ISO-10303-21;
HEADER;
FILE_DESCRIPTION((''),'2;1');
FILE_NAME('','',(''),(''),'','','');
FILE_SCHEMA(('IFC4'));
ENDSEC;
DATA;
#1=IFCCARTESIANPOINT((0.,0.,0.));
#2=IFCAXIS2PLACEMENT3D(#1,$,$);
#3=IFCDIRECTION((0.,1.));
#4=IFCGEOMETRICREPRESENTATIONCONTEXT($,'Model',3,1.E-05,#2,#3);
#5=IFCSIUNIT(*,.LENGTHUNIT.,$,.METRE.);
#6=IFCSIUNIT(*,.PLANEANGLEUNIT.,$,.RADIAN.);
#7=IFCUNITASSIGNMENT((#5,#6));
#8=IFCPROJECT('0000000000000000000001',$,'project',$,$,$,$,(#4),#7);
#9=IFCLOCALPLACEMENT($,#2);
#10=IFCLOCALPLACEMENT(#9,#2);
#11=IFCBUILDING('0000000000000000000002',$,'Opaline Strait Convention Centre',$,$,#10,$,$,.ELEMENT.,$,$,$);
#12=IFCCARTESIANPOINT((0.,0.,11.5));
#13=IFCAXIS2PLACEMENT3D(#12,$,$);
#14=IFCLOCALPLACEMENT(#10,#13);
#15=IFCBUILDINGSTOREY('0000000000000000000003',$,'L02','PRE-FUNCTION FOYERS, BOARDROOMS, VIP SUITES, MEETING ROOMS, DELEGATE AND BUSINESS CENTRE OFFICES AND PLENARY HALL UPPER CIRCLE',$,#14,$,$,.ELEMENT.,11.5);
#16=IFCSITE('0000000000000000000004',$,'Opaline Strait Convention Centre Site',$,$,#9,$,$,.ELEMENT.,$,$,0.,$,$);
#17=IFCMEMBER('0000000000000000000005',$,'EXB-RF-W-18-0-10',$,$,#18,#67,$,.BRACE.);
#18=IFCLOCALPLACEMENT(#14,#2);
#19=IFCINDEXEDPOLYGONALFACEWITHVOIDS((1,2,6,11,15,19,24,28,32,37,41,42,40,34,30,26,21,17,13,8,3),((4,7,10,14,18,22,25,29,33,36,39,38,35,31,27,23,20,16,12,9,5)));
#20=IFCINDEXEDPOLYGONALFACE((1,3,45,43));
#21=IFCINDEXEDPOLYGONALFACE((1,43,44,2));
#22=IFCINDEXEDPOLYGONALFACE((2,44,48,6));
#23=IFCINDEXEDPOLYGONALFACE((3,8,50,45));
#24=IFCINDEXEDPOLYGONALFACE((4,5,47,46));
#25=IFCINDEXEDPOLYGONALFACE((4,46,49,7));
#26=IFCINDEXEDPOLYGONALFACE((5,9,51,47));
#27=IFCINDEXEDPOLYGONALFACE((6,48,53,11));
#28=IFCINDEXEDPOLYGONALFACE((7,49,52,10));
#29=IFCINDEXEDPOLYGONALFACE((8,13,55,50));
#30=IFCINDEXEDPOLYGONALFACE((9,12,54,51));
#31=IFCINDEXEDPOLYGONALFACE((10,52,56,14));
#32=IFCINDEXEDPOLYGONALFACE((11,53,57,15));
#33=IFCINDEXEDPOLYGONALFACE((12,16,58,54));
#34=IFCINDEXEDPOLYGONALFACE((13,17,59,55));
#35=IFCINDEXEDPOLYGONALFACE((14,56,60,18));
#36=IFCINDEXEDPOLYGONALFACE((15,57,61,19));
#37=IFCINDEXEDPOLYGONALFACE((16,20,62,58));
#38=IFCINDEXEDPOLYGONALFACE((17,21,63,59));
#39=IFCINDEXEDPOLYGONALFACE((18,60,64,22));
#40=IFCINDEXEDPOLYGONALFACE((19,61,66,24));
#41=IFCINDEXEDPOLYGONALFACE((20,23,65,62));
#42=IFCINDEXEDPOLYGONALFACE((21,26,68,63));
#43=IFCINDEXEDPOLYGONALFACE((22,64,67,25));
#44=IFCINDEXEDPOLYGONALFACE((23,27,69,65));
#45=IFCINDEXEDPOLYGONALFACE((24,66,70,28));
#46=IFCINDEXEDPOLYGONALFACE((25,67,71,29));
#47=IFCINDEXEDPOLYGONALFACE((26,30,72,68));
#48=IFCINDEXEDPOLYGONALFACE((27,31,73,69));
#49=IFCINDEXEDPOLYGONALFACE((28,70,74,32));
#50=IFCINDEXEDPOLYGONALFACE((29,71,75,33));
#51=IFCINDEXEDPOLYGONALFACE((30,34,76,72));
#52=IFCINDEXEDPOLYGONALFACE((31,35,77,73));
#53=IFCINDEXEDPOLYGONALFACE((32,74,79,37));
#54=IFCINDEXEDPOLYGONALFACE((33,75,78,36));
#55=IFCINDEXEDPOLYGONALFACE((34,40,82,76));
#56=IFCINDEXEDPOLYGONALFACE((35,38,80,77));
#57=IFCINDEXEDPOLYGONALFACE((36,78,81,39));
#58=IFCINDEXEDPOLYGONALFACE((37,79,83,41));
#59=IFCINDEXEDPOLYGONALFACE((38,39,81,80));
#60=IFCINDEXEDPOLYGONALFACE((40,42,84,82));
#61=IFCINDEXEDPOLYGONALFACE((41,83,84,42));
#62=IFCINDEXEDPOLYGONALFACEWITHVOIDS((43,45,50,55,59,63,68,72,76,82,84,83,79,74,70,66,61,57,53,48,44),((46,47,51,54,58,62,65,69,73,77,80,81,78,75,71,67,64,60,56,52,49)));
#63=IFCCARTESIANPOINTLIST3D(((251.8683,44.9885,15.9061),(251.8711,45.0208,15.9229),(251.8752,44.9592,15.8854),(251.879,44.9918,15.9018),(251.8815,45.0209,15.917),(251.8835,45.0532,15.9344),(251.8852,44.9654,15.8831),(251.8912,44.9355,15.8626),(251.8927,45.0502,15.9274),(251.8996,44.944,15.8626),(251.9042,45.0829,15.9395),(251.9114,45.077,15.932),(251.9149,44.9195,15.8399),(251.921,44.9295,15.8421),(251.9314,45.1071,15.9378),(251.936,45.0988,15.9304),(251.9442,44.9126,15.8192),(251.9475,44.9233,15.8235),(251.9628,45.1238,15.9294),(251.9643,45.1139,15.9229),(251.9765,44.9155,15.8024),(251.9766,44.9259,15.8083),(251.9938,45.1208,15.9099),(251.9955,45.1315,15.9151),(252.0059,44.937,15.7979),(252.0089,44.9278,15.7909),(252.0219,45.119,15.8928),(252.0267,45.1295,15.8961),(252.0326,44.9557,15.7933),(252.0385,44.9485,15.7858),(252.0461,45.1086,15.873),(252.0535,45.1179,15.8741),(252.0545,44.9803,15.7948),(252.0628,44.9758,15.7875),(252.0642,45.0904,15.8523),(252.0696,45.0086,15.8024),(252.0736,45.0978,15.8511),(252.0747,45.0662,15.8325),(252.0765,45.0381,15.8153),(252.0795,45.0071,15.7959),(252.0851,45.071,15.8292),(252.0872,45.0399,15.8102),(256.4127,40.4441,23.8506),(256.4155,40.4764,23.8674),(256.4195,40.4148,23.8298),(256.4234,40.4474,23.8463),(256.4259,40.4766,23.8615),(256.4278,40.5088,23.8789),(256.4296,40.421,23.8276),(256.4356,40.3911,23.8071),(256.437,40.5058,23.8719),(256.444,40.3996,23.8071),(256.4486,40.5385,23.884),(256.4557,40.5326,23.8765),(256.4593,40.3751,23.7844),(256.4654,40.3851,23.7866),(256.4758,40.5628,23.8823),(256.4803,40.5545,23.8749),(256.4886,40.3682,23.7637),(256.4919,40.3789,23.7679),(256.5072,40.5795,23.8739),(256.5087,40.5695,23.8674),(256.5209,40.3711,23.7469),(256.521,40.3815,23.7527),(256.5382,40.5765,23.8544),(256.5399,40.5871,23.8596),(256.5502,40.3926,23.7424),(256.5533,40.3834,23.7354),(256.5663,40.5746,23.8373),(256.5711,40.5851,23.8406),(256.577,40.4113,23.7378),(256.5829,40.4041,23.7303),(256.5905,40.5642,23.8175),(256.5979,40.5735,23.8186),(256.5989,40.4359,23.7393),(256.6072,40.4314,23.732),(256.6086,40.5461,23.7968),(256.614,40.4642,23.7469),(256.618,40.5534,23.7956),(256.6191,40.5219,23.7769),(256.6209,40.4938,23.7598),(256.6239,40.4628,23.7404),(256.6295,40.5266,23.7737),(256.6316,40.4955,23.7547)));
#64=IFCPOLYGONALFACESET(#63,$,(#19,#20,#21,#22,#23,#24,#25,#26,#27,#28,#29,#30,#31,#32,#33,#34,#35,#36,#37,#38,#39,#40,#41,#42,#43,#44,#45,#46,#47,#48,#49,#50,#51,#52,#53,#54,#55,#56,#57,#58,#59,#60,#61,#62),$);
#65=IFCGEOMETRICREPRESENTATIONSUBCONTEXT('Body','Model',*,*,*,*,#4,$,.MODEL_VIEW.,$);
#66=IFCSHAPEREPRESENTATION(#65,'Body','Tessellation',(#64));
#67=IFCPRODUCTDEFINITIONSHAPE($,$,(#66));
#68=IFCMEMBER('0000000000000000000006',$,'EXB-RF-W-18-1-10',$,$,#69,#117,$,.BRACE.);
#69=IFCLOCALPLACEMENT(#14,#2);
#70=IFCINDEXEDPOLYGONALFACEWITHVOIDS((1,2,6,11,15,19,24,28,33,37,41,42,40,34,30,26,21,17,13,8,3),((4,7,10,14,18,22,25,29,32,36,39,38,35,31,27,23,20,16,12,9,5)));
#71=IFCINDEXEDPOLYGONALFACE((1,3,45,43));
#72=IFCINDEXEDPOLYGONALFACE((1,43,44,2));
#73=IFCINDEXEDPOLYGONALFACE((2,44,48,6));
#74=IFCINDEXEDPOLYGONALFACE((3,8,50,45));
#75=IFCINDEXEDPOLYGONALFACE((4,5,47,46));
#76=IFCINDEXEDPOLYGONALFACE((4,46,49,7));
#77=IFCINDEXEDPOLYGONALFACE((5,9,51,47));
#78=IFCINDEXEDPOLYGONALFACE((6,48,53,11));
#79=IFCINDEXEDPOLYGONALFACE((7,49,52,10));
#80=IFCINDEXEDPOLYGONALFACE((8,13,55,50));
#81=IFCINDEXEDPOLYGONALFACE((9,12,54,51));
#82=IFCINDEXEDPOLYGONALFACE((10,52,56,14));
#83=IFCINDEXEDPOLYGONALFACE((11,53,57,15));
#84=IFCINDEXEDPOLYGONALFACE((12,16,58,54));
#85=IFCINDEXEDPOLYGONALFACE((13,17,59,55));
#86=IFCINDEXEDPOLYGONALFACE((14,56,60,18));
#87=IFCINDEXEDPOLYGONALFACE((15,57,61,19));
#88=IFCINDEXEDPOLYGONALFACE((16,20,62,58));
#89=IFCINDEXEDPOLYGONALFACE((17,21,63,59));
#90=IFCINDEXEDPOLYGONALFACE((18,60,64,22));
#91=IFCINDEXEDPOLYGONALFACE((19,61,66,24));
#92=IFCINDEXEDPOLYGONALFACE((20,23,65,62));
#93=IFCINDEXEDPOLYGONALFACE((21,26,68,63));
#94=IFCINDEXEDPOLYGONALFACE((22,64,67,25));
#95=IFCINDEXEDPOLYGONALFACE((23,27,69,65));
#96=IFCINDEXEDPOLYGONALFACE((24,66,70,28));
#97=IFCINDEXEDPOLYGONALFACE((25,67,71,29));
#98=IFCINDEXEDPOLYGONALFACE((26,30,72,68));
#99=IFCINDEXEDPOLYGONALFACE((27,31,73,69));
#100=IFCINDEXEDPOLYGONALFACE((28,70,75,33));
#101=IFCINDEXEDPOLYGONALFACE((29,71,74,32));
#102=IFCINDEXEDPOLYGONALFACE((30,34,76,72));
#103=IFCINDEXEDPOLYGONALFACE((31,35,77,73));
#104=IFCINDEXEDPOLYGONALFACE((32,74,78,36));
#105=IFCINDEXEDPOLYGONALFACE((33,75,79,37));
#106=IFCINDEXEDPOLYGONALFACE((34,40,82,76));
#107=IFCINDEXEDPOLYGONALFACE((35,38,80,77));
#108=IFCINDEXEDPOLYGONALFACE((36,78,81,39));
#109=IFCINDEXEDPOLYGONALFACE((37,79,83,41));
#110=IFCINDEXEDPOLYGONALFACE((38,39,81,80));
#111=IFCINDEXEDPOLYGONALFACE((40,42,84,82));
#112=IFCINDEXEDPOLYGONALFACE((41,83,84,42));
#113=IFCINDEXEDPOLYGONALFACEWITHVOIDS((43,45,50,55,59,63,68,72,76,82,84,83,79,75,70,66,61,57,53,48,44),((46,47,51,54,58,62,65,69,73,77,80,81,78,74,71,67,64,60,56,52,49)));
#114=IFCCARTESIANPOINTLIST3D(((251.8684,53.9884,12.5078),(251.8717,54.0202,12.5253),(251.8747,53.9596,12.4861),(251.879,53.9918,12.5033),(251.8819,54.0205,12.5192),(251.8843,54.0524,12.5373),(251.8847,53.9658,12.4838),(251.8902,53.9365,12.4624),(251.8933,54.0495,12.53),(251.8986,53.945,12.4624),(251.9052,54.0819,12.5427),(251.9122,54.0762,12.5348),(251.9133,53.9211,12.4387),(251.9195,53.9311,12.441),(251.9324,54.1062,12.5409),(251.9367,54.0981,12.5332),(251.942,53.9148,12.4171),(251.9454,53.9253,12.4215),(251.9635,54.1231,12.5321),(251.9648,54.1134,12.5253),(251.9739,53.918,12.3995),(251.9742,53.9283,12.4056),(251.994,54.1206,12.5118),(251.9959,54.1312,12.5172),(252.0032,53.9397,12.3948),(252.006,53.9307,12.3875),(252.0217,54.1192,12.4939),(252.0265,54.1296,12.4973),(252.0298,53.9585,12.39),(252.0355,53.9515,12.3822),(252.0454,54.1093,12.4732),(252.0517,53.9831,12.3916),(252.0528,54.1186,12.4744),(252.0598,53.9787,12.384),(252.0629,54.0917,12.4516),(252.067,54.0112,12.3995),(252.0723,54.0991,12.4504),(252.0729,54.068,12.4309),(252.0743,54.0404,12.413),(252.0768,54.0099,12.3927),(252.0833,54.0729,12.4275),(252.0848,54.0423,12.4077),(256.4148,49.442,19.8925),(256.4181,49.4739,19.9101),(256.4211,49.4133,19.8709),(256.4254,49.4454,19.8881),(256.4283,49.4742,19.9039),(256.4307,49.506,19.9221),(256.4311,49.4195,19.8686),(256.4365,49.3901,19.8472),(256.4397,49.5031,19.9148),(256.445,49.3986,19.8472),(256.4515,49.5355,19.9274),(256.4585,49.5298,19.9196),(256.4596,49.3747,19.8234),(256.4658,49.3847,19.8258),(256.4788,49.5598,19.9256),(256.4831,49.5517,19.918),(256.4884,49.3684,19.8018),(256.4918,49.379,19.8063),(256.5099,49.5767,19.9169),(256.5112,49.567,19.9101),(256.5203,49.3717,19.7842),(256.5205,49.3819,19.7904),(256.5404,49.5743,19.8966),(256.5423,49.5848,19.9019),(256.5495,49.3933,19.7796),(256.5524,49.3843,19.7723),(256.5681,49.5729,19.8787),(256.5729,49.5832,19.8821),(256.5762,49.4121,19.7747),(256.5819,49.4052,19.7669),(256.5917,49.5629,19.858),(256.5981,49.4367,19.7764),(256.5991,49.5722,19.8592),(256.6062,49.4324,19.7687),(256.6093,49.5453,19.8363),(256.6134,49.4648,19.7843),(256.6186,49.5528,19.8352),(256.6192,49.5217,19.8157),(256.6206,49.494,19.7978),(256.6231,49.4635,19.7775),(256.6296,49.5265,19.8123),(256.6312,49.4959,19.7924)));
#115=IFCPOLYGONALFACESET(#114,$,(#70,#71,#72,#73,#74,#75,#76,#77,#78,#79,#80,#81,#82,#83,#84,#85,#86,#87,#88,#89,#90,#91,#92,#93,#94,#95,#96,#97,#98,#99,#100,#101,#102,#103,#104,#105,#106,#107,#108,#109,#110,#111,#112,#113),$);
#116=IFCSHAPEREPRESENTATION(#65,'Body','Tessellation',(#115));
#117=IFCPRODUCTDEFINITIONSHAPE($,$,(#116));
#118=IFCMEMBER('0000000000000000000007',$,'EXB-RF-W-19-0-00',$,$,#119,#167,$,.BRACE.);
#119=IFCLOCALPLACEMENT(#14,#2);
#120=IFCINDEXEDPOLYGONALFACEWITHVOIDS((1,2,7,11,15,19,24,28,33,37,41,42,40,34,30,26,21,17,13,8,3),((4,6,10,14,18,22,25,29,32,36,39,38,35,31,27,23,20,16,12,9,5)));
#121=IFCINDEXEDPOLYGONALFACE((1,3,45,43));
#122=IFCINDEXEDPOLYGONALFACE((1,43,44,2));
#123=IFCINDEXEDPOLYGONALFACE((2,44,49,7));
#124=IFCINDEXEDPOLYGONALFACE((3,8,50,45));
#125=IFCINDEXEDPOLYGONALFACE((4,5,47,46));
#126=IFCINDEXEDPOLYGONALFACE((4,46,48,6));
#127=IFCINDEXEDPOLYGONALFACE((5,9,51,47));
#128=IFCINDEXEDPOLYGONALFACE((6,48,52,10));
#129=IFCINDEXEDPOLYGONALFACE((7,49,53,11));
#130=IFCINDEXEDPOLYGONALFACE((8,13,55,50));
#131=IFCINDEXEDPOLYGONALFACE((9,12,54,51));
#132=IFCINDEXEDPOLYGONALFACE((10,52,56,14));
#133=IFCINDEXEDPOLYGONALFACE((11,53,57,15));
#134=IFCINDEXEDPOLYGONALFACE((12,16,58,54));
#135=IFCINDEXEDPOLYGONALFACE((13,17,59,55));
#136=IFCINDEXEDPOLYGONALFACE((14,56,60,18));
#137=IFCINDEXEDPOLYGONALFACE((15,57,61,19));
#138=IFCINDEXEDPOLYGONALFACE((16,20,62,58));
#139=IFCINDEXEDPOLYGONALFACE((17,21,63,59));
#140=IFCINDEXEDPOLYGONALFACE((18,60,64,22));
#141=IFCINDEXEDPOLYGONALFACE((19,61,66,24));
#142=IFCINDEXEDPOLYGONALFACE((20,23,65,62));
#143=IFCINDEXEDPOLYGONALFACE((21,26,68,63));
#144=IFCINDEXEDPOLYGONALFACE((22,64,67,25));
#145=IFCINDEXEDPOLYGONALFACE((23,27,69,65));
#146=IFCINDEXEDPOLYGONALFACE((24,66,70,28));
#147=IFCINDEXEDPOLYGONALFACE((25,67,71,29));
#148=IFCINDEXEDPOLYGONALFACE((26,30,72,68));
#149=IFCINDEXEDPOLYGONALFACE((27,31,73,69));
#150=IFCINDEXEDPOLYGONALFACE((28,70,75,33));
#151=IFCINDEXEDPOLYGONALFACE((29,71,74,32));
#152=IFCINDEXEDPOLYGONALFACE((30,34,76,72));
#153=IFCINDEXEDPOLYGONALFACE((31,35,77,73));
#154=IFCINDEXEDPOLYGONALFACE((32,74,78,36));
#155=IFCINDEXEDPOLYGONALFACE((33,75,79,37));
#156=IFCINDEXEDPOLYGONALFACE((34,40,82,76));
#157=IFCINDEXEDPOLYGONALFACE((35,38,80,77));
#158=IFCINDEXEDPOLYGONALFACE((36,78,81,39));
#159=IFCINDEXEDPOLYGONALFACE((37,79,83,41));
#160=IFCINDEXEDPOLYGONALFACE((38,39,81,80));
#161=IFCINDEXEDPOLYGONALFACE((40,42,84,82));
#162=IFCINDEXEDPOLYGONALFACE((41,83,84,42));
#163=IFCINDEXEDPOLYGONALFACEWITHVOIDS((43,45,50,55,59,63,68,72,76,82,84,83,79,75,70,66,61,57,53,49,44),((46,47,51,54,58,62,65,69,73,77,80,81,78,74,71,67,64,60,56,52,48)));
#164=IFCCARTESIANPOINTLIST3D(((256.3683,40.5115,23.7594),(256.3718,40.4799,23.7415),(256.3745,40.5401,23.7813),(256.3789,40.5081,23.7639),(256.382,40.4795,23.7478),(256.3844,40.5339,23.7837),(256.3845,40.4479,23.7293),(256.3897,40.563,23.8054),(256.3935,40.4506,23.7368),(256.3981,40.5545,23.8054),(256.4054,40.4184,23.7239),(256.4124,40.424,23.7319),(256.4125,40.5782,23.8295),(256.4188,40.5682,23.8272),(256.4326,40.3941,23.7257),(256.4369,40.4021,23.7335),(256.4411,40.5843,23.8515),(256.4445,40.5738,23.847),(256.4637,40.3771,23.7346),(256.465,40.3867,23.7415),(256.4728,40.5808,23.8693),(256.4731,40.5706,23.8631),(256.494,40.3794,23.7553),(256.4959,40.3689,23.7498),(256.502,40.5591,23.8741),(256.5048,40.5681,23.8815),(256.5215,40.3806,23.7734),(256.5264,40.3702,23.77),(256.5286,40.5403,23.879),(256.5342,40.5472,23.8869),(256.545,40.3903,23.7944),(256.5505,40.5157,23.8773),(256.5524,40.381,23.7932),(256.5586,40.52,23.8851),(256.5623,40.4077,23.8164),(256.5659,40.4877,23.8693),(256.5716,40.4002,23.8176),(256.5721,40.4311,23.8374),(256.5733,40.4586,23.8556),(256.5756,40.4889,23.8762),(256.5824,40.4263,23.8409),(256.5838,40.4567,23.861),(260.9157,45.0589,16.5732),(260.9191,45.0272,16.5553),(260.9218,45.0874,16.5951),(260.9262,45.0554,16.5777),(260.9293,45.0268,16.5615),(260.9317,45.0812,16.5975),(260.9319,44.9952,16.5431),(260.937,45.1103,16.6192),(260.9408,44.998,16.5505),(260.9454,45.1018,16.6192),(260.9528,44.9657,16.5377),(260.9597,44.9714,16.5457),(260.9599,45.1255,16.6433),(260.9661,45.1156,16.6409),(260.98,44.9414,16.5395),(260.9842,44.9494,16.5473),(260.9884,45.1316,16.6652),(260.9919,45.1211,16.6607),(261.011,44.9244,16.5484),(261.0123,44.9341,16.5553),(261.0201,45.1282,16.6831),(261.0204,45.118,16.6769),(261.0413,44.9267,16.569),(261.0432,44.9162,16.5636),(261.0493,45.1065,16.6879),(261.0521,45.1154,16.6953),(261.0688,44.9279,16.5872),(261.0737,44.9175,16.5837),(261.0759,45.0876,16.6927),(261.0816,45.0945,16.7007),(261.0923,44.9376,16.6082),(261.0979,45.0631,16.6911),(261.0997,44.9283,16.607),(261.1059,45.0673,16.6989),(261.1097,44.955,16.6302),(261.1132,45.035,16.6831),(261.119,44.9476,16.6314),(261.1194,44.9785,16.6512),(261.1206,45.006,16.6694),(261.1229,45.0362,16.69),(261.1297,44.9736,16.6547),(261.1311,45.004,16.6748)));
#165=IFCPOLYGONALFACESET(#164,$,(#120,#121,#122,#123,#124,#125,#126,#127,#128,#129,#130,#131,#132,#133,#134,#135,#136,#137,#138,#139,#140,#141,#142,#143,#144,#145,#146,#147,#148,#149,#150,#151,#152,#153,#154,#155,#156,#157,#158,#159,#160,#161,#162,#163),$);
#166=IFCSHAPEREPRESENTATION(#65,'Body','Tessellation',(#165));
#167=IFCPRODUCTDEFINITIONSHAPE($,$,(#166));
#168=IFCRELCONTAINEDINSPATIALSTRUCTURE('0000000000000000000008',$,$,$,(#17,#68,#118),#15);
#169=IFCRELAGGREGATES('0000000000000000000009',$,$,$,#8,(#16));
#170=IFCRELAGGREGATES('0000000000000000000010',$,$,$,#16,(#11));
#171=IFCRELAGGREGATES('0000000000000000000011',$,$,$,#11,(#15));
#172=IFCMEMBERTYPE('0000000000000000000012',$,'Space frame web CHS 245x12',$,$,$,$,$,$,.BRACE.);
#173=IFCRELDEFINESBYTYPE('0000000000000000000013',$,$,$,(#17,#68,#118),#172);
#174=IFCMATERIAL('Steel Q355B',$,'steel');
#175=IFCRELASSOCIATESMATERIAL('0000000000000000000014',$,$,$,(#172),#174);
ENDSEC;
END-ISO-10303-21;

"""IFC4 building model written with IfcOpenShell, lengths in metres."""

from ifc_helpers import new_model, si_unit, direction, frame, origin, origin_2d, place, context, subcontext, project, spatial, hollow_circle, extrude, material, material_profile, profile_set, type_object, element, save


model = new_model("IFC4")

# Units and contexts
model_context = context("Model", 3, precision=1e-05, world=origin(), true_north=direction((0.0, 1.0)))
body_context = subcontext(model_context, "Body", "Model", "MODEL_VIEW")
ifc_project = project(units=[si_unit("LENGTHUNIT", "METRE"), si_unit("PLANEANGLEUNIT", "RADIAN")], contexts=[model_context])

# Site, building, storey
site_placement = place(None, origin())
site = spatial("IfcSite", under=ifc_project, at=site_placement, Name="Opaline Strait Convention Centre Site", CompositionType="ELEMENT", RefElevation=0.0)
building_placement = place(site_placement, origin())
building = spatial("IfcBuilding", under=site, at=building_placement, Name="Opaline Strait Convention Centre", CompositionType="ELEMENT")
storey_placement = place(building_placement, frame((0.0, 0.0, 11.5)))
storey = spatial("IfcBuildingStorey", under=building, at=storey_placement, Name="L02", Description="PRE-FUNCTION FOYERS, BOARDROOMS, VIP SUITES, MEETING ROOMS, DELEGATE AND BUSINESS CENTRE OFFICES AND PLENARY HALL UPPER CIRCLE", CompositionType="ELEMENT", Elevation=11.5)

# Members
ifc_material_1 = material(Name="Steel Q355B", Category="steel")
ifc_material_profile_1 = material_profile(ifc_material_1, hollow_circle(Radius=0.1226, WallThickness=0.012, at=origin_2d()), Name="CHS 245x12")
ifc_profile_set_1 = profile_set([ifc_material_profile_1], Name="Steel Q355B")
member_type_1 = type_object("IfcMemberType", Name="Space frame web CHS 245x12", PredefinedType="BRACE", material=ifc_profile_set_1)
member_1_placement = place(storey_placement, frame((256.5222, 40.4778, 23.8071), z_axis=(-0.444721, 0.444721, -0.777461), x_axis=(-0.707107, -0.707107, 0.0)))
element("IfcMember", 1, at=member_1_placement, inside=storey, type_object=member_type_1, Name="EXB-RF-W-18-0-10", PredefinedType="BRACE", context=body_context, shape_type="SweptSolid", body=[
    extrude(hollow_circle(Radius=0.1226, WallThickness=0.012, at=origin_2d()), origin(), (0.0, 0.0, 1.0), 10.2185),
])
member_2_placement = place(storey_placement, frame((256.5232, 49.4768, 19.8472), z_axis=(-0.464318, 0.464318, -0.754199), x_axis=(-0.707107, -0.707107, 0.0)))
element("IfcMember", 2, at=member_2_placement, inside=storey, type_object=member_type_1, Name="EXB-RF-W-18-1-10", PredefinedType="BRACE", context=body_context, shape_type="SweptSolid", body=[
    extrude(hollow_circle(Radius=0.1226, WallThickness=0.012, at=origin_2d()), origin(), (0.0, 0.0, 1.0), 9.7915),
])
member_3_placement = place(storey_placement, frame((256.4763, 40.4763, 23.8054), z_axis=(0.471541, 0.471541, -0.745184), x_axis=(-0.707107, 0.707107, 0.0)))
element("IfcMember", 3, at=member_3_placement, inside=storey, type_object=member_type_1, Name="EXB-RF-W-19-0-00", PredefinedType="BRACE", context=body_context, shape_type="SweptSolid", body=[
    extrude(hollow_circle(Radius=0.1226, WallThickness=0.012, at=origin_2d()), origin(), (0.0, 0.0, 1.0), 9.6436),
])

save(model, "model.ifc")
